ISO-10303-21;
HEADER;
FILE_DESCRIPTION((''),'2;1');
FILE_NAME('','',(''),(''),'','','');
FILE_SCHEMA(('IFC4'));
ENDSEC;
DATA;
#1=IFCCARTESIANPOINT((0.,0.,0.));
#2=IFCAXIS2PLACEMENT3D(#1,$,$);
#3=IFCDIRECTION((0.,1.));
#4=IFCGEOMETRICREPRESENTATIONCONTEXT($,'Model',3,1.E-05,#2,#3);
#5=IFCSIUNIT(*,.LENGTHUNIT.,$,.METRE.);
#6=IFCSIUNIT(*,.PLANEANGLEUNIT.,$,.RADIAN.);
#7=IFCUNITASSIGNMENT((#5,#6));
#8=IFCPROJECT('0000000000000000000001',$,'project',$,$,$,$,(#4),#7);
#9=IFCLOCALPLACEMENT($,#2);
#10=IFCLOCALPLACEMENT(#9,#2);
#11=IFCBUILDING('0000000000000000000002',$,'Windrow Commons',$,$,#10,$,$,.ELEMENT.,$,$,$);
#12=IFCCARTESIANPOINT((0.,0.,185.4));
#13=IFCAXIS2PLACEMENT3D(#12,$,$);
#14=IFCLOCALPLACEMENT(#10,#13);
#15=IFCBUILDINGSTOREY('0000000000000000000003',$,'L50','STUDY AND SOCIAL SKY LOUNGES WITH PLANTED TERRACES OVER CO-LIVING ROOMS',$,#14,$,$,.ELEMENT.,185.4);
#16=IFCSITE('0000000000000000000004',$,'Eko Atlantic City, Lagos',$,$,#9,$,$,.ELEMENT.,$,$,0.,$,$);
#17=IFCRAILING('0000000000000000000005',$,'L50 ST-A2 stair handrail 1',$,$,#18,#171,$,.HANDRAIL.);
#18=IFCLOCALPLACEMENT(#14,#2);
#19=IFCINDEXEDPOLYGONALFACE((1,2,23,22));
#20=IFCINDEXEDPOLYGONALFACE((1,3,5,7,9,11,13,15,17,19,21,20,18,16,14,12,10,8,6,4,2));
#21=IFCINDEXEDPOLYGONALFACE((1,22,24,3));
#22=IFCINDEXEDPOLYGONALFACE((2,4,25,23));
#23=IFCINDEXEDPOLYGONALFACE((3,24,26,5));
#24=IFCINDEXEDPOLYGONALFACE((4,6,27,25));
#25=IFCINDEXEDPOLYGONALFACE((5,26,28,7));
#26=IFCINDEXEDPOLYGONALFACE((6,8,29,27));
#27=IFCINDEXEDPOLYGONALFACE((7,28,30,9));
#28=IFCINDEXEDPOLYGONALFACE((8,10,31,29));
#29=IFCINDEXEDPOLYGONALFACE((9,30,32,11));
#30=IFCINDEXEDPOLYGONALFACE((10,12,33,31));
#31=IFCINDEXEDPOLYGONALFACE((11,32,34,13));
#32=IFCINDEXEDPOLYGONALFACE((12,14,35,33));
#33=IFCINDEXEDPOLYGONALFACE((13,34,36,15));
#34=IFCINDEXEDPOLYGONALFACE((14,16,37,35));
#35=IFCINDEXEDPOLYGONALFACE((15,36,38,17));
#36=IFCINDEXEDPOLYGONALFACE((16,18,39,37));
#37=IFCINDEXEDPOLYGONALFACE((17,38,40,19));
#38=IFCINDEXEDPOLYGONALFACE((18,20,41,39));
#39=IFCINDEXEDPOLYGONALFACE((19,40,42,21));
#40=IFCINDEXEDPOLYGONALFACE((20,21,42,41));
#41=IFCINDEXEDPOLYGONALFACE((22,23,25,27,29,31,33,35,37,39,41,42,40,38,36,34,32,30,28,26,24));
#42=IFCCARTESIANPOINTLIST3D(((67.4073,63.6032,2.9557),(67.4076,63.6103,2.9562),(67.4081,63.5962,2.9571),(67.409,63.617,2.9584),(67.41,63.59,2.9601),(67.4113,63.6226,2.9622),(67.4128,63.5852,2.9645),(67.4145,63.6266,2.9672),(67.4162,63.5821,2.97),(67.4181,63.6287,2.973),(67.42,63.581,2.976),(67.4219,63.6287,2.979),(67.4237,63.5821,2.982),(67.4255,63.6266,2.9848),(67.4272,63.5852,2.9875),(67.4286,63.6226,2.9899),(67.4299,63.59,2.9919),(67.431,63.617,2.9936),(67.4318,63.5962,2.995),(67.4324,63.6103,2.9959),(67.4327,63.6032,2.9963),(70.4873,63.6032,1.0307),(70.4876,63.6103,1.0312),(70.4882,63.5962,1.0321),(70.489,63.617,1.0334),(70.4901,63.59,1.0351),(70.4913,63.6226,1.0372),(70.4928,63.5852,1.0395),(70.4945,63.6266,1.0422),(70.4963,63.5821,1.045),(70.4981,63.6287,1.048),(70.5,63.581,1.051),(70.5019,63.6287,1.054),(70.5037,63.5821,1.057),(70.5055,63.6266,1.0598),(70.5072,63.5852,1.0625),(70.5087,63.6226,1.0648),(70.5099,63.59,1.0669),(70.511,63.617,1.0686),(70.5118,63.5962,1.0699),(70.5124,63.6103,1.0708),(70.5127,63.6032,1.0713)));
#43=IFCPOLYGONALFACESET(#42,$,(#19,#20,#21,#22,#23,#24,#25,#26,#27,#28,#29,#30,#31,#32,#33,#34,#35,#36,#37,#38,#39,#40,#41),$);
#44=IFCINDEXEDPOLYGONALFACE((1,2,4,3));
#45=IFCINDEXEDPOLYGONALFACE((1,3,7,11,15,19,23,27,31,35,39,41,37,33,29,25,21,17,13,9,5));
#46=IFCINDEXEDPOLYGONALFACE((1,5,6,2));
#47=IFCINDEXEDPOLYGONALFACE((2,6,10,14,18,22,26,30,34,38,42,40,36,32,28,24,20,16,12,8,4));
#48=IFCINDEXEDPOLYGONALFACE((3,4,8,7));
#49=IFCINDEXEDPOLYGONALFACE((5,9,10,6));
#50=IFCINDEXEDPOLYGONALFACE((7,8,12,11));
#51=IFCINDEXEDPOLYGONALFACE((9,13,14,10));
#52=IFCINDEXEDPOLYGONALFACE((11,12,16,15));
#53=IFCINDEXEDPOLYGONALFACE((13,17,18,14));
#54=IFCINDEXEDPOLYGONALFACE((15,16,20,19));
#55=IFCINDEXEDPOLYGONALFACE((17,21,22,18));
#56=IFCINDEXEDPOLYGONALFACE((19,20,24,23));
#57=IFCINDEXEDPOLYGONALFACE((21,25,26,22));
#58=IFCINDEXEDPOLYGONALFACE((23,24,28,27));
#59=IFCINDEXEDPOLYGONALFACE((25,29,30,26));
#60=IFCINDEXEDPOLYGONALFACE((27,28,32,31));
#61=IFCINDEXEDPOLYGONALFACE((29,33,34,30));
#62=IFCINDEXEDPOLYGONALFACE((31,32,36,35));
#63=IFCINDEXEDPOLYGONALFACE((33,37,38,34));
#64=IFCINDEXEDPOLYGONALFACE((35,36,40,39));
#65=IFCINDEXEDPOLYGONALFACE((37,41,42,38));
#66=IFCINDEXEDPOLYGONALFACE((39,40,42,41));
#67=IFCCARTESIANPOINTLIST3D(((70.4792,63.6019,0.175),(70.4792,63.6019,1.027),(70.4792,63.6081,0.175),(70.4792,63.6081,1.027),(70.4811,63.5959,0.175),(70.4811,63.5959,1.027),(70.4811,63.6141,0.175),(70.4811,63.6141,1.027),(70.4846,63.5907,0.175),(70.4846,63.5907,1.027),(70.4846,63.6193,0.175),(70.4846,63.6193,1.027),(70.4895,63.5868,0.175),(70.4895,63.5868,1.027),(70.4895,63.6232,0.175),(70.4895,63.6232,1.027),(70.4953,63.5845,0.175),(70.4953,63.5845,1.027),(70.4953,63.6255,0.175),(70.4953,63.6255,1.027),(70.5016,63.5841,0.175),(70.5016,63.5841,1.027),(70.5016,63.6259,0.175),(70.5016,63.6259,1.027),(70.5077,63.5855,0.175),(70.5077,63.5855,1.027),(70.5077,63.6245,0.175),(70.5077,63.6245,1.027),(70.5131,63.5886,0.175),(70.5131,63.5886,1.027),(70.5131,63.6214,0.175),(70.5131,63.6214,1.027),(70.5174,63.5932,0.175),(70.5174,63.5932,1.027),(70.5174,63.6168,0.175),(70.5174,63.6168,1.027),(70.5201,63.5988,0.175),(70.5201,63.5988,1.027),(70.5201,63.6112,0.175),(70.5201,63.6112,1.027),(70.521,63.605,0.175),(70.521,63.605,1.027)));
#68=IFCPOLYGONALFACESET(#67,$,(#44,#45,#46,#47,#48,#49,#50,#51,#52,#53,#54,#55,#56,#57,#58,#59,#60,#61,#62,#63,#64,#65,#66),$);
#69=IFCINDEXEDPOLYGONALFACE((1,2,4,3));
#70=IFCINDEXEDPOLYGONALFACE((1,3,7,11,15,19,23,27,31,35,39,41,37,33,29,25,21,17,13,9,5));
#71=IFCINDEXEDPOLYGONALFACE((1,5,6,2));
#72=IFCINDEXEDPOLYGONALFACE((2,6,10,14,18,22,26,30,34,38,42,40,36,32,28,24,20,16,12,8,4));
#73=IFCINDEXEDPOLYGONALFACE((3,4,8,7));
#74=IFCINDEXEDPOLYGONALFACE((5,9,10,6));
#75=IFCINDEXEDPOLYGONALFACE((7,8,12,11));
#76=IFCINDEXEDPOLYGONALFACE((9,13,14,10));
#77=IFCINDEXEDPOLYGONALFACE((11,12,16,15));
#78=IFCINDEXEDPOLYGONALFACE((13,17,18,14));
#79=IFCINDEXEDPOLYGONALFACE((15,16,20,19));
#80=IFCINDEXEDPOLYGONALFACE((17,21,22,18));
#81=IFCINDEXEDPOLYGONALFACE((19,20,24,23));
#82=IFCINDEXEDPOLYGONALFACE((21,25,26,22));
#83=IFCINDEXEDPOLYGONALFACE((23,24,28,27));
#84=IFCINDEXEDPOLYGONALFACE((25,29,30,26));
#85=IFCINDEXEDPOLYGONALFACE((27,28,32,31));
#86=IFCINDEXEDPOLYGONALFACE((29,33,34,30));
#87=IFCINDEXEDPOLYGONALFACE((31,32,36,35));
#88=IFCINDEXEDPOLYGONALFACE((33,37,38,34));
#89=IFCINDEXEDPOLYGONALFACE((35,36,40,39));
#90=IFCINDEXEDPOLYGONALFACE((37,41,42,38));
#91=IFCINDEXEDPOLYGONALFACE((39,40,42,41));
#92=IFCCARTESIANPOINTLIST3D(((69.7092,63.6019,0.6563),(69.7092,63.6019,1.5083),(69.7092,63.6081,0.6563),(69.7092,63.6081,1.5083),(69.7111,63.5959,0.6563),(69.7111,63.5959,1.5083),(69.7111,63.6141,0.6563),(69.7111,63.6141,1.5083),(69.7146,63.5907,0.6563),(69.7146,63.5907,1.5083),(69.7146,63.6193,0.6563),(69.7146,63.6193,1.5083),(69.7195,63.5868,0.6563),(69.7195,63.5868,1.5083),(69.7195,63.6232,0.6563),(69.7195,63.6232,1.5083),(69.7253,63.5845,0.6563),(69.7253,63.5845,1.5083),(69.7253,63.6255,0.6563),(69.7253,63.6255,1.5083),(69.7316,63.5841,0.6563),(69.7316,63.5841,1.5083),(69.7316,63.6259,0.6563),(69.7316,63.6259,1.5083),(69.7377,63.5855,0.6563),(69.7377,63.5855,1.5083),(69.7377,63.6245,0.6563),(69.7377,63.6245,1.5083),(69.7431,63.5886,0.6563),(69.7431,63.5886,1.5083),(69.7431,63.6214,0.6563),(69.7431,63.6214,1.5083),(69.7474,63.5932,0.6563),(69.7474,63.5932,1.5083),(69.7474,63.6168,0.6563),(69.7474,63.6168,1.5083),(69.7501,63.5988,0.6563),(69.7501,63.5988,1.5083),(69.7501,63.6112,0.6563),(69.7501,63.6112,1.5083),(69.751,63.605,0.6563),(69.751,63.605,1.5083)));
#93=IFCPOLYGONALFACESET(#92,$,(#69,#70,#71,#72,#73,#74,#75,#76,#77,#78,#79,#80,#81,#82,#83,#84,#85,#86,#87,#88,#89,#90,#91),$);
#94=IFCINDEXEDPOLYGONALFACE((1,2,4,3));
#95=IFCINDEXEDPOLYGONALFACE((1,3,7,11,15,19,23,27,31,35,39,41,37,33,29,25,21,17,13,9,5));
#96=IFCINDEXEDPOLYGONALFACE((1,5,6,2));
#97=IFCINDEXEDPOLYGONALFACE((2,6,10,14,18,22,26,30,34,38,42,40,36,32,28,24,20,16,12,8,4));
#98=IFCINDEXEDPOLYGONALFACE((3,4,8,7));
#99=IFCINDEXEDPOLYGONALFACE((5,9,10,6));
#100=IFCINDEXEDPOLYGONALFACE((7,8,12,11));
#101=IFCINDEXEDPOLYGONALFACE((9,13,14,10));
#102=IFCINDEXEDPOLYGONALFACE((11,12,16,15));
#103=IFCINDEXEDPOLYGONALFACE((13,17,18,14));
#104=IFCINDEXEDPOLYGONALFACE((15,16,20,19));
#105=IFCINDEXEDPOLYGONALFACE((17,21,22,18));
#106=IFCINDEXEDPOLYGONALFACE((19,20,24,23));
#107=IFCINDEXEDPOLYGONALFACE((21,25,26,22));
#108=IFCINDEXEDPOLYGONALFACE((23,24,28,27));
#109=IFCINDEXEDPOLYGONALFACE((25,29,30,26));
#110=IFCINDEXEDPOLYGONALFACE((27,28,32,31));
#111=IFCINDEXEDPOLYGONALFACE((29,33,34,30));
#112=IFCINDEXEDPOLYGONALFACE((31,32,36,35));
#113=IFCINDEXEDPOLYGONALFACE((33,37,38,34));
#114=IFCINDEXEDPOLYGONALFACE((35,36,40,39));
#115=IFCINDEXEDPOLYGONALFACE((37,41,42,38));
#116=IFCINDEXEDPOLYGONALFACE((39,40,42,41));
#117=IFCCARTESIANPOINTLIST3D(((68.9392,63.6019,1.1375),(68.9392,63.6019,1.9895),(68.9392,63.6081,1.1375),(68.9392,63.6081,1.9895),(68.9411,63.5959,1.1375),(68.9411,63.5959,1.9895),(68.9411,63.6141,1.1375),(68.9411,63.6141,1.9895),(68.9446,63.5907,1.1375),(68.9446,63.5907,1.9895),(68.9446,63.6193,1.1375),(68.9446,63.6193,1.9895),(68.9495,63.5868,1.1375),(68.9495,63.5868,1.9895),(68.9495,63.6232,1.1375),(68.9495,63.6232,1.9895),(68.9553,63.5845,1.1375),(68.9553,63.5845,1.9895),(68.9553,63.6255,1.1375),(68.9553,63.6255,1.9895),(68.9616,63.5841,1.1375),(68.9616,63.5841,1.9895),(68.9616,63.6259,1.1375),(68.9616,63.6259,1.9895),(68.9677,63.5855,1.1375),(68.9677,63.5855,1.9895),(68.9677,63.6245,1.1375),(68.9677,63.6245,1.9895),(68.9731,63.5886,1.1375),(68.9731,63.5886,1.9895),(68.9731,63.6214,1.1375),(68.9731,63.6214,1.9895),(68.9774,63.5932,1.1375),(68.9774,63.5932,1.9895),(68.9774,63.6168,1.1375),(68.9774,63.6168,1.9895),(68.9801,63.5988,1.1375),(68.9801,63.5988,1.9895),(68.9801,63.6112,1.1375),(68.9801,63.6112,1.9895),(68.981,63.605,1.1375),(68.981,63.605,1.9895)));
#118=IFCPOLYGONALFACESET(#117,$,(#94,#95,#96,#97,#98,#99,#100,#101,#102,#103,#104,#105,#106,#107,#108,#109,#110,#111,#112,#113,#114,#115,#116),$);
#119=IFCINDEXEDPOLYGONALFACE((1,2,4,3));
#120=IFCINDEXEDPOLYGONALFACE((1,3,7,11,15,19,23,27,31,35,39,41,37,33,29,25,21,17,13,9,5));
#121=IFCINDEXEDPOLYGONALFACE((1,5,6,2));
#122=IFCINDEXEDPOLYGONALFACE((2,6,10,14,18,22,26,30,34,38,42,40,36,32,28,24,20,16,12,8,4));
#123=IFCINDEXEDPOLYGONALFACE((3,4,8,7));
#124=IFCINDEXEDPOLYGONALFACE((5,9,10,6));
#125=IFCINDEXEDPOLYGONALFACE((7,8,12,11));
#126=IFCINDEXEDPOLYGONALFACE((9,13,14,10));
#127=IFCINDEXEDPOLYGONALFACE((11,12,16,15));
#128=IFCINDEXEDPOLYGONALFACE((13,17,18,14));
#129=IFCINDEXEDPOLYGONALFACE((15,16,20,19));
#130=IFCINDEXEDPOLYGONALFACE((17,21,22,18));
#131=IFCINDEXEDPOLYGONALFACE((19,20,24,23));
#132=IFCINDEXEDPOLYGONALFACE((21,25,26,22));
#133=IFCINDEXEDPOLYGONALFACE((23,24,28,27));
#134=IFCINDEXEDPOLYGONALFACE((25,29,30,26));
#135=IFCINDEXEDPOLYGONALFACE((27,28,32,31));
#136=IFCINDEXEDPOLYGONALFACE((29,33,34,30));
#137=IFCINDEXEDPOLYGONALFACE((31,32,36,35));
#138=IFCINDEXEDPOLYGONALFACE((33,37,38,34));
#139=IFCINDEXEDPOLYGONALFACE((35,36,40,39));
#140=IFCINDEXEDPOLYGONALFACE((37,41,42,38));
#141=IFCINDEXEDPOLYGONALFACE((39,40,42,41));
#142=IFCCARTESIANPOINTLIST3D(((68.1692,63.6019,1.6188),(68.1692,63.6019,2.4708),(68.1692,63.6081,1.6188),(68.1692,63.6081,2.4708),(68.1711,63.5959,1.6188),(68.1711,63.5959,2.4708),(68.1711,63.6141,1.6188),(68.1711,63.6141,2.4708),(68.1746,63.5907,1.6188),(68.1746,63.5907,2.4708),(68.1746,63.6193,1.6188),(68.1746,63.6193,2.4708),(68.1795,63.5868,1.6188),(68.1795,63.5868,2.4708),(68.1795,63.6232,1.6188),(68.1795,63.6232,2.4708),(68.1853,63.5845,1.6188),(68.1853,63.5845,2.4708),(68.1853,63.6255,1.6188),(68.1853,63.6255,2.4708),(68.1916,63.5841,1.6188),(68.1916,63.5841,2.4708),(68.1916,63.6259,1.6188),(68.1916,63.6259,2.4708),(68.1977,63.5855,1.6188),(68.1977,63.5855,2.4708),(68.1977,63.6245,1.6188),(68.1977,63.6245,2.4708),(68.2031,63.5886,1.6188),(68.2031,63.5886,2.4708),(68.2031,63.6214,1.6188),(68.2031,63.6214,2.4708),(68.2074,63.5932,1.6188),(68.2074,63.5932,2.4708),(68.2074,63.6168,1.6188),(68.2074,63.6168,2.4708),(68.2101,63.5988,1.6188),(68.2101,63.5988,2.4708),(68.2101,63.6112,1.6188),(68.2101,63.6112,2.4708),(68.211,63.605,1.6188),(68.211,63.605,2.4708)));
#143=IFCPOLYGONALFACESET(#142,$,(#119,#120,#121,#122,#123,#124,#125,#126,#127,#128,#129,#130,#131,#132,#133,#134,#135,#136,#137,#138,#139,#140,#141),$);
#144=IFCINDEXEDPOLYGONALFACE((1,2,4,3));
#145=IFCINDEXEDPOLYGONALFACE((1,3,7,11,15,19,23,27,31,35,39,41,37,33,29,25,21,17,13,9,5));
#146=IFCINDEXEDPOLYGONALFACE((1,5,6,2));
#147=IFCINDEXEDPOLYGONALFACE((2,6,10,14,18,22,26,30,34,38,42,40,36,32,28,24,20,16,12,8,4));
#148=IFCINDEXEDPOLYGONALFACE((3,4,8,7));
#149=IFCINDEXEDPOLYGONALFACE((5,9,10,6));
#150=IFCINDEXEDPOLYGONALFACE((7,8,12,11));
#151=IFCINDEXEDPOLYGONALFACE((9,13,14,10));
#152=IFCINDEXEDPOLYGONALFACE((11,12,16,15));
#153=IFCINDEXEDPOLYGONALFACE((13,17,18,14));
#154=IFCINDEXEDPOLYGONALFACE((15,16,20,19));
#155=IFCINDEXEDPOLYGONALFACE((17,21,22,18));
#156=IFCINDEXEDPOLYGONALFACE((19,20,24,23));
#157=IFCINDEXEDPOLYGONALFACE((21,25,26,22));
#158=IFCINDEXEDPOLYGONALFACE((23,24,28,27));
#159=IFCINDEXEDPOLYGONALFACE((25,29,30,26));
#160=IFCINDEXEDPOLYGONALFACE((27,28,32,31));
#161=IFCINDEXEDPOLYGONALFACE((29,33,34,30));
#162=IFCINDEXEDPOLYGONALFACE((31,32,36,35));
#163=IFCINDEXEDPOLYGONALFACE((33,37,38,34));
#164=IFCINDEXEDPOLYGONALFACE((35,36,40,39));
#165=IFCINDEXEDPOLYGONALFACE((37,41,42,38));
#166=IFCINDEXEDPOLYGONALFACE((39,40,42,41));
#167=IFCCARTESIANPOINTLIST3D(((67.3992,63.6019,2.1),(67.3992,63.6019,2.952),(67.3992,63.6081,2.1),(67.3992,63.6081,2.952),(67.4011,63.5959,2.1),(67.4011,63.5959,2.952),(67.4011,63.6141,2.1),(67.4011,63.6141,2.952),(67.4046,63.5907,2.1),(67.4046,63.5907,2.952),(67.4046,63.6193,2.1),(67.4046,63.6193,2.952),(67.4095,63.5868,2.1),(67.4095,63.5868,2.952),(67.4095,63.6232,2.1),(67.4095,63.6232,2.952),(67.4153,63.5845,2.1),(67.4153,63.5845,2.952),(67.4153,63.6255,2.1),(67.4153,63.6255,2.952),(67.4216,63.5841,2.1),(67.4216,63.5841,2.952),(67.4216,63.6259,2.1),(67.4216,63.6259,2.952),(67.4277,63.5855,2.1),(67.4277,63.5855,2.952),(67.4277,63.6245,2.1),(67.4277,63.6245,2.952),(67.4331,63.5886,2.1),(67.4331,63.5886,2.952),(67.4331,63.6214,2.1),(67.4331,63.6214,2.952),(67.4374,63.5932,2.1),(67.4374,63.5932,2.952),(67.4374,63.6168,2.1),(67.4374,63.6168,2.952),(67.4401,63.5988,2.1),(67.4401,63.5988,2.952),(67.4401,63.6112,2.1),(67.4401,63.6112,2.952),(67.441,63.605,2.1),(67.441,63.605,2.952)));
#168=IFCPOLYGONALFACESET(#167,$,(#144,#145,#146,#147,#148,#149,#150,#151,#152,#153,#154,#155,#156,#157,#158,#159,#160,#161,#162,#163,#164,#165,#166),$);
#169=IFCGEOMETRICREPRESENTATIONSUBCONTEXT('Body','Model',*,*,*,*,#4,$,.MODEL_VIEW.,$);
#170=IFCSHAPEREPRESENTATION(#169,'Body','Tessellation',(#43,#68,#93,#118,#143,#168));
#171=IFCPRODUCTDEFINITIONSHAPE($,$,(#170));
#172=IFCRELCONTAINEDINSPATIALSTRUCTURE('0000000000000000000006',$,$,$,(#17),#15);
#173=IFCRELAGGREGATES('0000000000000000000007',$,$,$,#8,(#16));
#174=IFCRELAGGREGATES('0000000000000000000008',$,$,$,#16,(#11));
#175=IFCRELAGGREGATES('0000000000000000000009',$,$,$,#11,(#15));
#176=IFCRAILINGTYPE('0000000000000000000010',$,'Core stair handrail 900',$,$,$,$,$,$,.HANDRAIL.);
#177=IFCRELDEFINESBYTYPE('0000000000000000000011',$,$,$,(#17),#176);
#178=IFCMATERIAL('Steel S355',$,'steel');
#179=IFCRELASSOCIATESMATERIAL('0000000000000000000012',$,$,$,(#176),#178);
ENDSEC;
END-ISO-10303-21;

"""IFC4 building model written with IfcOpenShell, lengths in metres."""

from ifc_helpers import new_model, si_unit, direction, frame, origin, origin_2d, place, context, subcontext, project, spatial, circle, extrude, material, type_object, element, save


model = new_model("IFC4")

# Units and contexts
model_context = context("Model", 3, precision=1e-05, world=origin(), true_north=direction((0.0, 1.0)))
body_context = subcontext(model_context, "Body", "Model", "MODEL_VIEW")
ifc_project = project(units=[si_unit("LENGTHUNIT", "METRE"), si_unit("PLANEANGLEUNIT", "RADIAN")], contexts=[model_context])

# Site, building, storey
site_placement = place(None, origin())
site = spatial("IfcSite", under=ifc_project, at=site_placement, Name="Eko Atlantic City, Lagos", CompositionType="ELEMENT", RefElevation=0.0)
building_placement = place(site_placement, origin())
building = spatial("IfcBuilding", under=site, at=building_placement, Name="Windrow Commons", CompositionType="ELEMENT")
storey_placement = place(building_placement, frame((0.0, 0.0, 185.4)))
storey = spatial("IfcBuildingStorey", under=building, at=storey_placement, Name="L50", Description="STUDY AND SOCIAL SKY LOUNGES WITH PLANTED TERRACES OVER CO-LIVING ROOMS", CompositionType="ELEMENT", Elevation=185.4)

# Railing
ifc_material_1 = material(Name="Steel S355", Category="steel")
railing_type_1 = type_object("IfcRailingType", Name="Core stair handrail 900", PredefinedType="HANDRAIL", material=ifc_material_1)
railing_1_placement = place(storey_placement, frame((70.5, 63.605, 0.175)))
element("IfcRailing", 1, at=railing_1_placement, inside=storey, type_object=railing_type_1, Name="L50 ST-A2 stair handrail 1", PredefinedType="HANDRAIL", context=body_context, shape_type="SweptSolid", body=[
    extrude(circle(Radius=0.024, at=origin_2d()), frame((0.0, 0.0, 0.876), z_axis=(-0.847998, 0.0, 0.529999), x_axis=(0.0, -1.0, 0.0)), (0.0, 0.0, 1.0), 3.6321),
    extrude(circle(Radius=0.021, at=origin_2d()), origin(), (0.0, 0.0, 1.0), 0.852),
    extrude(circle(Radius=0.021, at=origin_2d()), frame((-0.77, 0.0, 0.4813)), (0.0, 0.0, 1.0), 0.852),
    extrude(circle(Radius=0.021, at=origin_2d()), frame((-1.54, 0.0, 0.9625)), (0.0, 0.0, 1.0), 0.852),
    extrude(circle(Radius=0.021, at=origin_2d()), frame((-2.31, 0.0, 1.4438)), (0.0, 0.0, 1.0), 0.852),
    extrude(circle(Radius=0.021, at=origin_2d()), frame((-3.08, 0.0, 1.925)), (0.0, 0.0, 1.0), 0.852),
])

save(model, "model.ifc")
